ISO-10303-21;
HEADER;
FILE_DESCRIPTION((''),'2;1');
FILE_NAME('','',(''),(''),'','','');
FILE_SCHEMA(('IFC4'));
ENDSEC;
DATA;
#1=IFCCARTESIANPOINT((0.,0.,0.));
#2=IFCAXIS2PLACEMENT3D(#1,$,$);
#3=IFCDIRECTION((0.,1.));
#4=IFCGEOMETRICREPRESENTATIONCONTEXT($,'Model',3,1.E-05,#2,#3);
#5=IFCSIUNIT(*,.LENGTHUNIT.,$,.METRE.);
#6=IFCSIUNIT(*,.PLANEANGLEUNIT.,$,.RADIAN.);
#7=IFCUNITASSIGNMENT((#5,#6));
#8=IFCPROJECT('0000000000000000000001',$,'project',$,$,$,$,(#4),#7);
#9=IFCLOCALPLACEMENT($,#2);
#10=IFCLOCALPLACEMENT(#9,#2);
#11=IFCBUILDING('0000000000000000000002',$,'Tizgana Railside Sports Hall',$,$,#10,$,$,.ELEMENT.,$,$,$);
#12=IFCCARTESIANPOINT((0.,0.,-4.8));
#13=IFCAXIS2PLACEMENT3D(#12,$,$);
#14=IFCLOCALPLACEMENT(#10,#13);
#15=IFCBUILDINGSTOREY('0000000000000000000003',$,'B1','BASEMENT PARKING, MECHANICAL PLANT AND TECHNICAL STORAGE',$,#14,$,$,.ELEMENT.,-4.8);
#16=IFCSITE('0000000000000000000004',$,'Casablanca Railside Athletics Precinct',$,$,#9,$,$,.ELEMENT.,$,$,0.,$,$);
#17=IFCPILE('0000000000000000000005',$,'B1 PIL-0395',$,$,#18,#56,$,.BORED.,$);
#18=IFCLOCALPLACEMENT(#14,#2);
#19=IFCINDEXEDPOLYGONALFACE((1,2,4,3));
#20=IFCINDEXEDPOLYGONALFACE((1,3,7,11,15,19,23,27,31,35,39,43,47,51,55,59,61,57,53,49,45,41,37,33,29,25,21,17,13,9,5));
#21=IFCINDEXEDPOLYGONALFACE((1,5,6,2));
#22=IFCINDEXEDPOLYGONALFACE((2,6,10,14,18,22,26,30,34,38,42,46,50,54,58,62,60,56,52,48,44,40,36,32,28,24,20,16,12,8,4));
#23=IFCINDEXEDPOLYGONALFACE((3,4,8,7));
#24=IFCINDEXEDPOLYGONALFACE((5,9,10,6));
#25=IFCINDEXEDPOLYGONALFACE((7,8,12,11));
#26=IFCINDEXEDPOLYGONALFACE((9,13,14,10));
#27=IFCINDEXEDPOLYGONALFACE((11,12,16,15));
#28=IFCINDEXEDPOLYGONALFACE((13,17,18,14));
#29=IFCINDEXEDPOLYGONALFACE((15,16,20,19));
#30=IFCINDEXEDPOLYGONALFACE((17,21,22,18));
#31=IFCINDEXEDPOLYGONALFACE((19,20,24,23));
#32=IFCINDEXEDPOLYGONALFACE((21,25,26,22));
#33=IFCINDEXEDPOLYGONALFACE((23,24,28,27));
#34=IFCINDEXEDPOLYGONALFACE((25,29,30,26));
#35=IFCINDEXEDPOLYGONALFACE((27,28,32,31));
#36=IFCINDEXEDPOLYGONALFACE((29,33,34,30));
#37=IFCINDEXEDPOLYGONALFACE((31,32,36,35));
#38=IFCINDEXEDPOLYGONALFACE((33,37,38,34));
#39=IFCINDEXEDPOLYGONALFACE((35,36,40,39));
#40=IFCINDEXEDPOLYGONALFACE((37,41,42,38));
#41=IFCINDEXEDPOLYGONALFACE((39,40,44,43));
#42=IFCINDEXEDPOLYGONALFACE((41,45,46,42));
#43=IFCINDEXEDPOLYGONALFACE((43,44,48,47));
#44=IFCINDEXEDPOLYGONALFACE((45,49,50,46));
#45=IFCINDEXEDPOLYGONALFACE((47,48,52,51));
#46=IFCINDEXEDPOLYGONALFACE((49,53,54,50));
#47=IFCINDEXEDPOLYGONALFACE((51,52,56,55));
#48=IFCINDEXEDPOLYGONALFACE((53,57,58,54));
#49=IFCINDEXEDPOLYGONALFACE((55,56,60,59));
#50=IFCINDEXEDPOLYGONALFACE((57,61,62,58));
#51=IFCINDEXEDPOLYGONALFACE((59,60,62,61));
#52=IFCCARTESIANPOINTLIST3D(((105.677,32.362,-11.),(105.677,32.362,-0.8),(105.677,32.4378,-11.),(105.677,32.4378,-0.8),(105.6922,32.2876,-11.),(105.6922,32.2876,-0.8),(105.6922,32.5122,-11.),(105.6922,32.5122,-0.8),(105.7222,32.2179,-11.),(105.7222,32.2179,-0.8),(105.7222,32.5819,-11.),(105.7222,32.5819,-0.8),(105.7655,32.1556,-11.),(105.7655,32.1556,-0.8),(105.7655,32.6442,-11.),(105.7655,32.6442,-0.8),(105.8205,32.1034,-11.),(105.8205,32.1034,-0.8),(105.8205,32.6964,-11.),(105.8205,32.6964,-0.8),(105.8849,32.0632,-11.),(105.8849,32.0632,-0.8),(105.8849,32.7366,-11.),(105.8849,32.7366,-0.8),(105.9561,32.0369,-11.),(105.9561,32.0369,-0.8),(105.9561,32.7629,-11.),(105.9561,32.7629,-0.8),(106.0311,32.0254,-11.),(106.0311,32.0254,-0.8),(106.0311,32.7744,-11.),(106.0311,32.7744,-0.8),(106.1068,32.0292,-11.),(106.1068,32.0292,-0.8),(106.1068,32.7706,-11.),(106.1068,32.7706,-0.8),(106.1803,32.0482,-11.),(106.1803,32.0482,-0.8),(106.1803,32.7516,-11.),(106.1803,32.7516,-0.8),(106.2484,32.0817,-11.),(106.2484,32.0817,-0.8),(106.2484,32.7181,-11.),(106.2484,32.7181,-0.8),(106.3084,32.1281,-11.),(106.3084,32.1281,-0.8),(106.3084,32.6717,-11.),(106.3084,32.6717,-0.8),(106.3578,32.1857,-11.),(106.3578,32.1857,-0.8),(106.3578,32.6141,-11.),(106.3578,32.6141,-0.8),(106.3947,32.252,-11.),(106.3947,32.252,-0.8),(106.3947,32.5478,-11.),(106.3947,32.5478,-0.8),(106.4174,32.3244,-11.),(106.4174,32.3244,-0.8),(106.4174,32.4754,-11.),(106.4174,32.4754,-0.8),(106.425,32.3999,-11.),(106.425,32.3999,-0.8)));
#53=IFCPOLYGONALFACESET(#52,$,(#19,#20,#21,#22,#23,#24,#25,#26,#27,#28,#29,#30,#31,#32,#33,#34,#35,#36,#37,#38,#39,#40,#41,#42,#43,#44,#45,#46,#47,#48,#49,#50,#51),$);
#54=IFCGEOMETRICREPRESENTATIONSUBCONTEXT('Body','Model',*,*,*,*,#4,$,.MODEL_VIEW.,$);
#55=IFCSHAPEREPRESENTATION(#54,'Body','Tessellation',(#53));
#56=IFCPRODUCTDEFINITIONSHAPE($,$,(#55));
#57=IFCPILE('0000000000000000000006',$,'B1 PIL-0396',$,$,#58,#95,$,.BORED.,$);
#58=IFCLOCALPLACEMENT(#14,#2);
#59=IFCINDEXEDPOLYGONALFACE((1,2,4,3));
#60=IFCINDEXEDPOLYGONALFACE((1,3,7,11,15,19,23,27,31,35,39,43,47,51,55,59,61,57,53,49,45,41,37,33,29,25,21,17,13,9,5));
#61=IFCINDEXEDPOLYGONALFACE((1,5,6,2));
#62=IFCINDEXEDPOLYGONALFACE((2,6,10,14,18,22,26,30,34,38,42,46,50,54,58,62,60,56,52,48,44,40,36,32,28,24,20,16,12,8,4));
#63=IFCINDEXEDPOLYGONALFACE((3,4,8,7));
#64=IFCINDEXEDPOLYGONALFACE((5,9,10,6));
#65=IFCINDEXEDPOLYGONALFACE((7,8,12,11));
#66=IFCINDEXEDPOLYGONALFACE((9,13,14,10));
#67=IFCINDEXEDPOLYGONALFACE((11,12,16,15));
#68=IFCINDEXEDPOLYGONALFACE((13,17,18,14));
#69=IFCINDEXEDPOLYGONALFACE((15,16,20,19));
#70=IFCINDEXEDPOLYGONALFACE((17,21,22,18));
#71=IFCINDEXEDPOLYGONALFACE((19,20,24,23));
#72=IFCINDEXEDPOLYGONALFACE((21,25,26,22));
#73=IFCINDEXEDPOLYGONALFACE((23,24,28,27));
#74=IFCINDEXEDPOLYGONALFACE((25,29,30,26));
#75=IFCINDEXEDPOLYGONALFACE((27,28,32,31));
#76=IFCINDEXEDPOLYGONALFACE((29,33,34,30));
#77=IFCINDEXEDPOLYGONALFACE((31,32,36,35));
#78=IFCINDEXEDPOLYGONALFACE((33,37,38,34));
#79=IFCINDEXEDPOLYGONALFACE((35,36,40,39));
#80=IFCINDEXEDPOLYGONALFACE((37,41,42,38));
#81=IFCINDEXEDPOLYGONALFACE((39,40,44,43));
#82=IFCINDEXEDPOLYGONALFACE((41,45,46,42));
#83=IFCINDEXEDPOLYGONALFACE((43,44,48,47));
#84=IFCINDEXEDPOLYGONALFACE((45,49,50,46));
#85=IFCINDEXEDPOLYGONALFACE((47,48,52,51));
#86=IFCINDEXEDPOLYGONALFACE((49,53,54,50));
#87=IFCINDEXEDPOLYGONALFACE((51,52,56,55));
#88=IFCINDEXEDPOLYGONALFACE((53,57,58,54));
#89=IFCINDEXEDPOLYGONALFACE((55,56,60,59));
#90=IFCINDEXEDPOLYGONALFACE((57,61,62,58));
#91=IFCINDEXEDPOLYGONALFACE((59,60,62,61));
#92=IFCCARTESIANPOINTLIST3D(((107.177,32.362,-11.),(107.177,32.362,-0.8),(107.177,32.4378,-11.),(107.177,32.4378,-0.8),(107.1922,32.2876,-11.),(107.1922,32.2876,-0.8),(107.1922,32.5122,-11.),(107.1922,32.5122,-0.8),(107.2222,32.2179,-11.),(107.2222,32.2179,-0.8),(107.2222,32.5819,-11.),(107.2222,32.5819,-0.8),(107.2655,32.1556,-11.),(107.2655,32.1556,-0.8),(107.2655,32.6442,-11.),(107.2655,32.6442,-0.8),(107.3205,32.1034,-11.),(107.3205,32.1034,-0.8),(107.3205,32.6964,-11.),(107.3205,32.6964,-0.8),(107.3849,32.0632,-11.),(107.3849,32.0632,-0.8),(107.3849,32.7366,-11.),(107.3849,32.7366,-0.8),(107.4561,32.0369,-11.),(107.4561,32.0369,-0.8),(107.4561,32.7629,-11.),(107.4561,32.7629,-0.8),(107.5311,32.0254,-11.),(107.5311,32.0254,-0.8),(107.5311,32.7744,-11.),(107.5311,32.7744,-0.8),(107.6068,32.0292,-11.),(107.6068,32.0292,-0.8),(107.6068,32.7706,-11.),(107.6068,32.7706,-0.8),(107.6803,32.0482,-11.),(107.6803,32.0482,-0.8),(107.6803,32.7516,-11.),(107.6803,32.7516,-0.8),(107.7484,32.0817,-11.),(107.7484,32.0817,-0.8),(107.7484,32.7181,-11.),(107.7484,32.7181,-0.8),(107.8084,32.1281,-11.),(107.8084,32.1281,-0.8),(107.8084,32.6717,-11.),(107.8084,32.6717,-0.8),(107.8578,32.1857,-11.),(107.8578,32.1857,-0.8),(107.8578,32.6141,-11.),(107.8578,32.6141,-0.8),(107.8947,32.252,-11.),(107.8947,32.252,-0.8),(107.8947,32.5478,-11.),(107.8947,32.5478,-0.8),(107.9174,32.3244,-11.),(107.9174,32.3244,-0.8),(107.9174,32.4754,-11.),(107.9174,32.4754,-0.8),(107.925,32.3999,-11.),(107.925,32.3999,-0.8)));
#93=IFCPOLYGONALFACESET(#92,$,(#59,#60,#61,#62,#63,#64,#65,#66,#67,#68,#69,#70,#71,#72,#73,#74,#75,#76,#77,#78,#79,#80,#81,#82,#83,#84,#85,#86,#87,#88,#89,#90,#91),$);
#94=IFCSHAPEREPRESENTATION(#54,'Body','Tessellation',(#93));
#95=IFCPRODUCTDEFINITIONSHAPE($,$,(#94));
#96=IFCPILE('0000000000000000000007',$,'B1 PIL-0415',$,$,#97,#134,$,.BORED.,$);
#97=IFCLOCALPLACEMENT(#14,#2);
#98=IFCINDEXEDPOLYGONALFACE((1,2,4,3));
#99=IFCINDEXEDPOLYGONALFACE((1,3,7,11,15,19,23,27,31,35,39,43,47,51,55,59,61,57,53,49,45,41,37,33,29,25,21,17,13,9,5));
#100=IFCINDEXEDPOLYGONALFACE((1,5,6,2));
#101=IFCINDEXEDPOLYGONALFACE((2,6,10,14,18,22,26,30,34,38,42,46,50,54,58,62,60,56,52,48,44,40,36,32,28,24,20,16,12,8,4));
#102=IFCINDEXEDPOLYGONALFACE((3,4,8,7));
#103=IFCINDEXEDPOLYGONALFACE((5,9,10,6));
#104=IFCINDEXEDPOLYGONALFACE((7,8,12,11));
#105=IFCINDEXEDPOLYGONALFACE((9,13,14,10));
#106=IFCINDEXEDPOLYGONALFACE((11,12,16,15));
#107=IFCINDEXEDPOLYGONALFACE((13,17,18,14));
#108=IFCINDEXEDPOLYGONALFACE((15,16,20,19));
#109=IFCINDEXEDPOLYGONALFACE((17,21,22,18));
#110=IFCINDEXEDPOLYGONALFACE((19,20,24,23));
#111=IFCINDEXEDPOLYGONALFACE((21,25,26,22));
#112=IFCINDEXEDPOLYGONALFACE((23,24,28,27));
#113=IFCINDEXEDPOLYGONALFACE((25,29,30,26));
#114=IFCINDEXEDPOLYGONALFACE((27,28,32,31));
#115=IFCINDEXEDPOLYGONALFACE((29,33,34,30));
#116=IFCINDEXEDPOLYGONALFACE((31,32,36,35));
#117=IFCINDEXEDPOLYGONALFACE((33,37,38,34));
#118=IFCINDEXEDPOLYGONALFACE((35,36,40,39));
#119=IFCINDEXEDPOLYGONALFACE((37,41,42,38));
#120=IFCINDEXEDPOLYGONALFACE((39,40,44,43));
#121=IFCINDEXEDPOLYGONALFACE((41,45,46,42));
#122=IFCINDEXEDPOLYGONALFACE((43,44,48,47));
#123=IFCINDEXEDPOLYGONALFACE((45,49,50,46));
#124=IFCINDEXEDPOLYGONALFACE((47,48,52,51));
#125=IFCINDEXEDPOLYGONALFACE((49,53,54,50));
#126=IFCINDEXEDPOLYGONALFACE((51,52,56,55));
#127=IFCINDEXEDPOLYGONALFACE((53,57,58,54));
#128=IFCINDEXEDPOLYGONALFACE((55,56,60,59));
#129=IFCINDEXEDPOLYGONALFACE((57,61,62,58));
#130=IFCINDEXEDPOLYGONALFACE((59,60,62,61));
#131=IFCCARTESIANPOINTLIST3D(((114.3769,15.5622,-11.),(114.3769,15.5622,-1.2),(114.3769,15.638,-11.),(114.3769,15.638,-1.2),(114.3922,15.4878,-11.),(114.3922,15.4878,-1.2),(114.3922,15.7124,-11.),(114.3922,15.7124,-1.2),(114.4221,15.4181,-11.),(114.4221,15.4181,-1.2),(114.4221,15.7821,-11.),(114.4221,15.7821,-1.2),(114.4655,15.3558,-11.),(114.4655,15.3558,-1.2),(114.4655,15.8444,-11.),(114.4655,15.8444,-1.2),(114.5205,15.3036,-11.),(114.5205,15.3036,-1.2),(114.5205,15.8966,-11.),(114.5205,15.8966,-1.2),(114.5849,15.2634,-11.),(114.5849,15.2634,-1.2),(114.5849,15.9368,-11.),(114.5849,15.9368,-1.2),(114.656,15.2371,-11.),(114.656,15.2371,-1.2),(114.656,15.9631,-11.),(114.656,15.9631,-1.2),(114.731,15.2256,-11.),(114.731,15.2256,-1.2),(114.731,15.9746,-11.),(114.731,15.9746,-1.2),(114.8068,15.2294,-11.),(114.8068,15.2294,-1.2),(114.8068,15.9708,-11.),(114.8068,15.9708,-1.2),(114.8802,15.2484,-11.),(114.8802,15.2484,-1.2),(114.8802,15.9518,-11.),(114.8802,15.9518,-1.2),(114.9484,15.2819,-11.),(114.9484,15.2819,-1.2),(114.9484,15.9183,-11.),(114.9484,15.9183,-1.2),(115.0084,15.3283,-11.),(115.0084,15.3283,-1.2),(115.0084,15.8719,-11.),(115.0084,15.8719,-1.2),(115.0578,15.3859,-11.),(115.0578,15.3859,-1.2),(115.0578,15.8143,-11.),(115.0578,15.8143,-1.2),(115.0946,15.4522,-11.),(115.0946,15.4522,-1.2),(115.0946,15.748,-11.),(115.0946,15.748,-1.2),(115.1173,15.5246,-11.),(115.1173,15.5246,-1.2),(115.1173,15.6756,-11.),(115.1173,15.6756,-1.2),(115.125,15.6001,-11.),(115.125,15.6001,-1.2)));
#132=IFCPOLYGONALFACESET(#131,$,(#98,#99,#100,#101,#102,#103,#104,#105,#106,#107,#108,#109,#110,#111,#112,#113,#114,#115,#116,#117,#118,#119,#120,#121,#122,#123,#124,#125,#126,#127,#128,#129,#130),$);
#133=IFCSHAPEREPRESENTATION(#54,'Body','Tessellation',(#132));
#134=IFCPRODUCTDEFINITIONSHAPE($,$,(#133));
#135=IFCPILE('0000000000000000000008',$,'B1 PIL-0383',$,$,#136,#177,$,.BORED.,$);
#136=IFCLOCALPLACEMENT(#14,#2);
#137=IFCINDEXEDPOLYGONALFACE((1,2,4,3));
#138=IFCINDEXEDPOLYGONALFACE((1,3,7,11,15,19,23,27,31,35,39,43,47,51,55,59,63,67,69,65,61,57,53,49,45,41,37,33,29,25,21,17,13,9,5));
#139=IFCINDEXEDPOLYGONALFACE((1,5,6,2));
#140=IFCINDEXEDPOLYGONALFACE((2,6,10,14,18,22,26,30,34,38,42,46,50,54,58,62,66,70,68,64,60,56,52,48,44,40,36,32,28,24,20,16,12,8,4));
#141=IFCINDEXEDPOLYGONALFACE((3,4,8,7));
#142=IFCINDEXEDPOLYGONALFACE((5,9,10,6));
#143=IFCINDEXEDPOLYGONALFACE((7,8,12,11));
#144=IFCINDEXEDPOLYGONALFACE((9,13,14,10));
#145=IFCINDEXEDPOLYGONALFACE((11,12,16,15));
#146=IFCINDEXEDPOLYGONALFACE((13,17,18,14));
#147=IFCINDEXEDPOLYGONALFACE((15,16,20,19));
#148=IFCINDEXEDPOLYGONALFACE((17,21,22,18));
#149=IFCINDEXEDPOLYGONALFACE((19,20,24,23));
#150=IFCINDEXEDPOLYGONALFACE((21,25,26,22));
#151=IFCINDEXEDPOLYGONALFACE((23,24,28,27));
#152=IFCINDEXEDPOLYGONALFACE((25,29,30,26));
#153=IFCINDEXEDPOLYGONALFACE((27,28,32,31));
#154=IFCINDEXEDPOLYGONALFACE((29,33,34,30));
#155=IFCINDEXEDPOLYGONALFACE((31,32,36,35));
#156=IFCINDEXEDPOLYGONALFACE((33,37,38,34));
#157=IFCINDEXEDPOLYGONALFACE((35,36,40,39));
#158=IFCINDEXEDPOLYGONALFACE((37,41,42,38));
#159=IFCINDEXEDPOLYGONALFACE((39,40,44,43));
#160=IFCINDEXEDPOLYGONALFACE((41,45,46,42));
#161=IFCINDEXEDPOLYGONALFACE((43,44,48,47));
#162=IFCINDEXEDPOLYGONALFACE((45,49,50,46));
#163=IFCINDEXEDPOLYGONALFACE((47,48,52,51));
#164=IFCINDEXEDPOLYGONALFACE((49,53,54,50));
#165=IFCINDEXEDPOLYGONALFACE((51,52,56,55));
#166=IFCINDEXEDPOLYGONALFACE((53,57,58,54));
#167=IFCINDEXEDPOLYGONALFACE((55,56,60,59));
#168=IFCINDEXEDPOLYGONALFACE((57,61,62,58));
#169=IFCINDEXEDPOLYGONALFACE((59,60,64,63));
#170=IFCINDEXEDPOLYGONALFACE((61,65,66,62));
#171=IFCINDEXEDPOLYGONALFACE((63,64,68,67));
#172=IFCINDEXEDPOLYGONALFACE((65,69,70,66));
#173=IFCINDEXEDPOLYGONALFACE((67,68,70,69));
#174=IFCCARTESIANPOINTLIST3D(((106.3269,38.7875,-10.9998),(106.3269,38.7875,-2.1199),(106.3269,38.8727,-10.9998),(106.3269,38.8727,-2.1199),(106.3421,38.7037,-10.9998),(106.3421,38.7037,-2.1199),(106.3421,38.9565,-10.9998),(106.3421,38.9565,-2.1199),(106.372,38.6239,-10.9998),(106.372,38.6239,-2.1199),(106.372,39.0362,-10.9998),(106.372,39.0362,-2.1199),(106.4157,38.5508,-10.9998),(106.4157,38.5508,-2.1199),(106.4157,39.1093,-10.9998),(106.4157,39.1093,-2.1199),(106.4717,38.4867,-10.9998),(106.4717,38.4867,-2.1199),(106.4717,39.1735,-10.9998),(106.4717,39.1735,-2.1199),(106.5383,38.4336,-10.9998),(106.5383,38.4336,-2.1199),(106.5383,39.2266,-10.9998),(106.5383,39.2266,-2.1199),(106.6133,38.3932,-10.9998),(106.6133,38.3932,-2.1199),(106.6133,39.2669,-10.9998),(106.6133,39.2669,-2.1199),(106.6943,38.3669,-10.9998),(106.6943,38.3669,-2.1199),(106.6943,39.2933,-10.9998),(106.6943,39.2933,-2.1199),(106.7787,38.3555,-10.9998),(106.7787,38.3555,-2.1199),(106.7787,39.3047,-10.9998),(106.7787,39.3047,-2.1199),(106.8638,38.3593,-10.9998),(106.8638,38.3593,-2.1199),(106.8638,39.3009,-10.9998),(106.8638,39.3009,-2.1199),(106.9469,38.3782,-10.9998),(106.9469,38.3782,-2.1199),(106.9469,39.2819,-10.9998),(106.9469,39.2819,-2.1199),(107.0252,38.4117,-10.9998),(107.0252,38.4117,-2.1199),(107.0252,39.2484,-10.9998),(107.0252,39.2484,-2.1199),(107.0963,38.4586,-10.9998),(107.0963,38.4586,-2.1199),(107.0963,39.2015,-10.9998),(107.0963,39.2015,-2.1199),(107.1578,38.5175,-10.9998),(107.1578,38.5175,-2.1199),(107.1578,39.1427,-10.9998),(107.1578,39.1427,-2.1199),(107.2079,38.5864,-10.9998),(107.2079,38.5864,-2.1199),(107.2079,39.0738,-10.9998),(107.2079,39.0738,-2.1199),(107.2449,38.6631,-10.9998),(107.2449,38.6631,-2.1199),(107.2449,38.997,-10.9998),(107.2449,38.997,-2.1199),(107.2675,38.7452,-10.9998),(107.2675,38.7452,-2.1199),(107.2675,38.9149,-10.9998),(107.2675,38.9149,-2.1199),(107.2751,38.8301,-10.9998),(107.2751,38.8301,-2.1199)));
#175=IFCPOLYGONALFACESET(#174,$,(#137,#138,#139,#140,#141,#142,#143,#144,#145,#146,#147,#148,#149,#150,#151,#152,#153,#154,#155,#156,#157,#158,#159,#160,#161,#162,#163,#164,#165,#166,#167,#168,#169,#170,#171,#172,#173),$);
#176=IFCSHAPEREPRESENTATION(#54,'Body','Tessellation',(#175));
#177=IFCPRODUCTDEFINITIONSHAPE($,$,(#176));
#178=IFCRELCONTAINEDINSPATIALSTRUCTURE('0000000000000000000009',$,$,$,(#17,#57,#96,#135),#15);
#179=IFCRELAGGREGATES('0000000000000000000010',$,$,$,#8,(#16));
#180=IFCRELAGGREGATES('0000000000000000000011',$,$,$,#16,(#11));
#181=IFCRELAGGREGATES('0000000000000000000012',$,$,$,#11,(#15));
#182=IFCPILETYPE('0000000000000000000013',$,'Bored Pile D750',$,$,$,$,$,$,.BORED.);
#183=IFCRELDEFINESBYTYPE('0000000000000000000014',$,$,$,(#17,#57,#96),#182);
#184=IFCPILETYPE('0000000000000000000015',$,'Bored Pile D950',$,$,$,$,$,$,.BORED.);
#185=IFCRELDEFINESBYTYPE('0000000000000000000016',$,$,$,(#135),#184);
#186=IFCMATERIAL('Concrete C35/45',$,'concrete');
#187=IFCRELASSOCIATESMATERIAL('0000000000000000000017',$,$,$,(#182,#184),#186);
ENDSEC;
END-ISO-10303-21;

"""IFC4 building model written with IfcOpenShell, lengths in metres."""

from ifc_helpers import new_model, si_unit, direction, frame, origin, origin_2d, place, context, subcontext, project, spatial, circle, extrude, material, material_profile, profile_set, type_object, element, save


model = new_model("IFC4")

# Units and contexts
model_context = context("Model", 3, precision=1e-05, world=origin(), true_north=direction((0.0, 1.0)))
body_context = subcontext(model_context, "Body", "Model", "MODEL_VIEW")
ifc_project = project(units=[si_unit("LENGTHUNIT", "METRE"), si_unit("PLANEANGLEUNIT", "RADIAN")], contexts=[model_context])

# Site, building, storey
site_placement = place(None, origin())
site = spatial("IfcSite", under=ifc_project, at=site_placement, Name="Casablanca Railside Athletics Precinct", CompositionType="ELEMENT", RefElevation=0.0)
building_placement = place(site_placement, origin())
building = spatial("IfcBuilding", under=site, at=building_placement, Name="Tizgana Railside Sports Hall", CompositionType="ELEMENT")
storey_placement = place(building_placement, frame((0.0, 0.0, -4.8)))
storey = spatial("IfcBuildingStorey", under=building, at=storey_placement, Name="B1", Description="BASEMENT PARKING, MECHANICAL PLANT AND TECHNICAL STORAGE", CompositionType="ELEMENT", Elevation=-4.8)

# Shared definitions
ifc_material_1 = material(Name="Concrete C35/45", Category="concrete")

# Piles
ifc_material_profile_1 = material_profile(ifc_material_1, circle(Radius=0.375, at=origin_2d()), Name="PILE D750")
ifc_profile_set_1 = profile_set([ifc_material_profile_1], Name="Concrete C35/45")
pile_type_1 = type_object("IfcPileType", Name="Bored Pile D750", PredefinedType="BORED", material=ifc_profile_set_1)
for number, where, z_axis, x_axis, name in (
    (1, (106.05, 32.3999, -0.8), (0.0, 0.0, -1.0), (1.0, 0.0, 0.0), "B1 PIL-0395"),
    (2, (107.55, 32.3999, -0.8), (0.0, 0.0, -1.0), (1.0, 0.0, 0.0), "B1 PIL-0396"),
):
    element("IfcPile", number, at=place(storey_placement, frame(where, z_axis=z_axis, x_axis=x_axis)), inside=storey, type_object=pile_type_1, Name=name, PredefinedType="BORED", context=body_context, shape_type="SweptSolid", body=[
        extrude(circle(Radius=0.375, at=origin_2d()), origin(), (0.0, 0.0, 1.0), 10.2),
    ])
pile_1_placement = place(storey_placement, frame((114.75, 15.6001, -1.2), z_axis=(0.0, 0.0, -1.0), x_axis=(1.0, 0.0, 0.0)))
element("IfcPile", 3, at=pile_1_placement, inside=storey, type_object=pile_type_1, Name="B1 PIL-0415", PredefinedType="BORED", context=body_context, shape_type="SweptSolid", body=[
    extrude(circle(Radius=0.375, at=origin_2d()), origin(), (0.0, 0.0, 1.0), 9.8),
])
ifc_material_profile_2 = material_profile(ifc_material_1, circle(Radius=0.4751, at=origin_2d()), Name="PILE D950")
ifc_profile_set_2 = profile_set([ifc_material_profile_2], Name="Concrete C35/45")
pile_type_2 = type_object("IfcPileType", Name="Bored Pile D950", PredefinedType="BORED", material=ifc_profile_set_2)
for number, where, z_axis, x_axis, name in (
    (4, (106.8, 38.8301, -2.1199), (0.0, 0.0, -1.0), (1.0, 0.0, 0.0), "B1 PIL-0383"),
):
    element("IfcPile", number, at=place(storey_placement, frame(where, z_axis=z_axis, x_axis=x_axis)), inside=storey, type_object=pile_type_2, Name=name, PredefinedType="BORED", context=body_context, shape_type="SweptSolid", body=[
        extrude(circle(Radius=0.4751, at=origin_2d()), origin(), (0.0, 0.0, 1.0), 8.8799),
    ])

save(model, "model.ifc")
